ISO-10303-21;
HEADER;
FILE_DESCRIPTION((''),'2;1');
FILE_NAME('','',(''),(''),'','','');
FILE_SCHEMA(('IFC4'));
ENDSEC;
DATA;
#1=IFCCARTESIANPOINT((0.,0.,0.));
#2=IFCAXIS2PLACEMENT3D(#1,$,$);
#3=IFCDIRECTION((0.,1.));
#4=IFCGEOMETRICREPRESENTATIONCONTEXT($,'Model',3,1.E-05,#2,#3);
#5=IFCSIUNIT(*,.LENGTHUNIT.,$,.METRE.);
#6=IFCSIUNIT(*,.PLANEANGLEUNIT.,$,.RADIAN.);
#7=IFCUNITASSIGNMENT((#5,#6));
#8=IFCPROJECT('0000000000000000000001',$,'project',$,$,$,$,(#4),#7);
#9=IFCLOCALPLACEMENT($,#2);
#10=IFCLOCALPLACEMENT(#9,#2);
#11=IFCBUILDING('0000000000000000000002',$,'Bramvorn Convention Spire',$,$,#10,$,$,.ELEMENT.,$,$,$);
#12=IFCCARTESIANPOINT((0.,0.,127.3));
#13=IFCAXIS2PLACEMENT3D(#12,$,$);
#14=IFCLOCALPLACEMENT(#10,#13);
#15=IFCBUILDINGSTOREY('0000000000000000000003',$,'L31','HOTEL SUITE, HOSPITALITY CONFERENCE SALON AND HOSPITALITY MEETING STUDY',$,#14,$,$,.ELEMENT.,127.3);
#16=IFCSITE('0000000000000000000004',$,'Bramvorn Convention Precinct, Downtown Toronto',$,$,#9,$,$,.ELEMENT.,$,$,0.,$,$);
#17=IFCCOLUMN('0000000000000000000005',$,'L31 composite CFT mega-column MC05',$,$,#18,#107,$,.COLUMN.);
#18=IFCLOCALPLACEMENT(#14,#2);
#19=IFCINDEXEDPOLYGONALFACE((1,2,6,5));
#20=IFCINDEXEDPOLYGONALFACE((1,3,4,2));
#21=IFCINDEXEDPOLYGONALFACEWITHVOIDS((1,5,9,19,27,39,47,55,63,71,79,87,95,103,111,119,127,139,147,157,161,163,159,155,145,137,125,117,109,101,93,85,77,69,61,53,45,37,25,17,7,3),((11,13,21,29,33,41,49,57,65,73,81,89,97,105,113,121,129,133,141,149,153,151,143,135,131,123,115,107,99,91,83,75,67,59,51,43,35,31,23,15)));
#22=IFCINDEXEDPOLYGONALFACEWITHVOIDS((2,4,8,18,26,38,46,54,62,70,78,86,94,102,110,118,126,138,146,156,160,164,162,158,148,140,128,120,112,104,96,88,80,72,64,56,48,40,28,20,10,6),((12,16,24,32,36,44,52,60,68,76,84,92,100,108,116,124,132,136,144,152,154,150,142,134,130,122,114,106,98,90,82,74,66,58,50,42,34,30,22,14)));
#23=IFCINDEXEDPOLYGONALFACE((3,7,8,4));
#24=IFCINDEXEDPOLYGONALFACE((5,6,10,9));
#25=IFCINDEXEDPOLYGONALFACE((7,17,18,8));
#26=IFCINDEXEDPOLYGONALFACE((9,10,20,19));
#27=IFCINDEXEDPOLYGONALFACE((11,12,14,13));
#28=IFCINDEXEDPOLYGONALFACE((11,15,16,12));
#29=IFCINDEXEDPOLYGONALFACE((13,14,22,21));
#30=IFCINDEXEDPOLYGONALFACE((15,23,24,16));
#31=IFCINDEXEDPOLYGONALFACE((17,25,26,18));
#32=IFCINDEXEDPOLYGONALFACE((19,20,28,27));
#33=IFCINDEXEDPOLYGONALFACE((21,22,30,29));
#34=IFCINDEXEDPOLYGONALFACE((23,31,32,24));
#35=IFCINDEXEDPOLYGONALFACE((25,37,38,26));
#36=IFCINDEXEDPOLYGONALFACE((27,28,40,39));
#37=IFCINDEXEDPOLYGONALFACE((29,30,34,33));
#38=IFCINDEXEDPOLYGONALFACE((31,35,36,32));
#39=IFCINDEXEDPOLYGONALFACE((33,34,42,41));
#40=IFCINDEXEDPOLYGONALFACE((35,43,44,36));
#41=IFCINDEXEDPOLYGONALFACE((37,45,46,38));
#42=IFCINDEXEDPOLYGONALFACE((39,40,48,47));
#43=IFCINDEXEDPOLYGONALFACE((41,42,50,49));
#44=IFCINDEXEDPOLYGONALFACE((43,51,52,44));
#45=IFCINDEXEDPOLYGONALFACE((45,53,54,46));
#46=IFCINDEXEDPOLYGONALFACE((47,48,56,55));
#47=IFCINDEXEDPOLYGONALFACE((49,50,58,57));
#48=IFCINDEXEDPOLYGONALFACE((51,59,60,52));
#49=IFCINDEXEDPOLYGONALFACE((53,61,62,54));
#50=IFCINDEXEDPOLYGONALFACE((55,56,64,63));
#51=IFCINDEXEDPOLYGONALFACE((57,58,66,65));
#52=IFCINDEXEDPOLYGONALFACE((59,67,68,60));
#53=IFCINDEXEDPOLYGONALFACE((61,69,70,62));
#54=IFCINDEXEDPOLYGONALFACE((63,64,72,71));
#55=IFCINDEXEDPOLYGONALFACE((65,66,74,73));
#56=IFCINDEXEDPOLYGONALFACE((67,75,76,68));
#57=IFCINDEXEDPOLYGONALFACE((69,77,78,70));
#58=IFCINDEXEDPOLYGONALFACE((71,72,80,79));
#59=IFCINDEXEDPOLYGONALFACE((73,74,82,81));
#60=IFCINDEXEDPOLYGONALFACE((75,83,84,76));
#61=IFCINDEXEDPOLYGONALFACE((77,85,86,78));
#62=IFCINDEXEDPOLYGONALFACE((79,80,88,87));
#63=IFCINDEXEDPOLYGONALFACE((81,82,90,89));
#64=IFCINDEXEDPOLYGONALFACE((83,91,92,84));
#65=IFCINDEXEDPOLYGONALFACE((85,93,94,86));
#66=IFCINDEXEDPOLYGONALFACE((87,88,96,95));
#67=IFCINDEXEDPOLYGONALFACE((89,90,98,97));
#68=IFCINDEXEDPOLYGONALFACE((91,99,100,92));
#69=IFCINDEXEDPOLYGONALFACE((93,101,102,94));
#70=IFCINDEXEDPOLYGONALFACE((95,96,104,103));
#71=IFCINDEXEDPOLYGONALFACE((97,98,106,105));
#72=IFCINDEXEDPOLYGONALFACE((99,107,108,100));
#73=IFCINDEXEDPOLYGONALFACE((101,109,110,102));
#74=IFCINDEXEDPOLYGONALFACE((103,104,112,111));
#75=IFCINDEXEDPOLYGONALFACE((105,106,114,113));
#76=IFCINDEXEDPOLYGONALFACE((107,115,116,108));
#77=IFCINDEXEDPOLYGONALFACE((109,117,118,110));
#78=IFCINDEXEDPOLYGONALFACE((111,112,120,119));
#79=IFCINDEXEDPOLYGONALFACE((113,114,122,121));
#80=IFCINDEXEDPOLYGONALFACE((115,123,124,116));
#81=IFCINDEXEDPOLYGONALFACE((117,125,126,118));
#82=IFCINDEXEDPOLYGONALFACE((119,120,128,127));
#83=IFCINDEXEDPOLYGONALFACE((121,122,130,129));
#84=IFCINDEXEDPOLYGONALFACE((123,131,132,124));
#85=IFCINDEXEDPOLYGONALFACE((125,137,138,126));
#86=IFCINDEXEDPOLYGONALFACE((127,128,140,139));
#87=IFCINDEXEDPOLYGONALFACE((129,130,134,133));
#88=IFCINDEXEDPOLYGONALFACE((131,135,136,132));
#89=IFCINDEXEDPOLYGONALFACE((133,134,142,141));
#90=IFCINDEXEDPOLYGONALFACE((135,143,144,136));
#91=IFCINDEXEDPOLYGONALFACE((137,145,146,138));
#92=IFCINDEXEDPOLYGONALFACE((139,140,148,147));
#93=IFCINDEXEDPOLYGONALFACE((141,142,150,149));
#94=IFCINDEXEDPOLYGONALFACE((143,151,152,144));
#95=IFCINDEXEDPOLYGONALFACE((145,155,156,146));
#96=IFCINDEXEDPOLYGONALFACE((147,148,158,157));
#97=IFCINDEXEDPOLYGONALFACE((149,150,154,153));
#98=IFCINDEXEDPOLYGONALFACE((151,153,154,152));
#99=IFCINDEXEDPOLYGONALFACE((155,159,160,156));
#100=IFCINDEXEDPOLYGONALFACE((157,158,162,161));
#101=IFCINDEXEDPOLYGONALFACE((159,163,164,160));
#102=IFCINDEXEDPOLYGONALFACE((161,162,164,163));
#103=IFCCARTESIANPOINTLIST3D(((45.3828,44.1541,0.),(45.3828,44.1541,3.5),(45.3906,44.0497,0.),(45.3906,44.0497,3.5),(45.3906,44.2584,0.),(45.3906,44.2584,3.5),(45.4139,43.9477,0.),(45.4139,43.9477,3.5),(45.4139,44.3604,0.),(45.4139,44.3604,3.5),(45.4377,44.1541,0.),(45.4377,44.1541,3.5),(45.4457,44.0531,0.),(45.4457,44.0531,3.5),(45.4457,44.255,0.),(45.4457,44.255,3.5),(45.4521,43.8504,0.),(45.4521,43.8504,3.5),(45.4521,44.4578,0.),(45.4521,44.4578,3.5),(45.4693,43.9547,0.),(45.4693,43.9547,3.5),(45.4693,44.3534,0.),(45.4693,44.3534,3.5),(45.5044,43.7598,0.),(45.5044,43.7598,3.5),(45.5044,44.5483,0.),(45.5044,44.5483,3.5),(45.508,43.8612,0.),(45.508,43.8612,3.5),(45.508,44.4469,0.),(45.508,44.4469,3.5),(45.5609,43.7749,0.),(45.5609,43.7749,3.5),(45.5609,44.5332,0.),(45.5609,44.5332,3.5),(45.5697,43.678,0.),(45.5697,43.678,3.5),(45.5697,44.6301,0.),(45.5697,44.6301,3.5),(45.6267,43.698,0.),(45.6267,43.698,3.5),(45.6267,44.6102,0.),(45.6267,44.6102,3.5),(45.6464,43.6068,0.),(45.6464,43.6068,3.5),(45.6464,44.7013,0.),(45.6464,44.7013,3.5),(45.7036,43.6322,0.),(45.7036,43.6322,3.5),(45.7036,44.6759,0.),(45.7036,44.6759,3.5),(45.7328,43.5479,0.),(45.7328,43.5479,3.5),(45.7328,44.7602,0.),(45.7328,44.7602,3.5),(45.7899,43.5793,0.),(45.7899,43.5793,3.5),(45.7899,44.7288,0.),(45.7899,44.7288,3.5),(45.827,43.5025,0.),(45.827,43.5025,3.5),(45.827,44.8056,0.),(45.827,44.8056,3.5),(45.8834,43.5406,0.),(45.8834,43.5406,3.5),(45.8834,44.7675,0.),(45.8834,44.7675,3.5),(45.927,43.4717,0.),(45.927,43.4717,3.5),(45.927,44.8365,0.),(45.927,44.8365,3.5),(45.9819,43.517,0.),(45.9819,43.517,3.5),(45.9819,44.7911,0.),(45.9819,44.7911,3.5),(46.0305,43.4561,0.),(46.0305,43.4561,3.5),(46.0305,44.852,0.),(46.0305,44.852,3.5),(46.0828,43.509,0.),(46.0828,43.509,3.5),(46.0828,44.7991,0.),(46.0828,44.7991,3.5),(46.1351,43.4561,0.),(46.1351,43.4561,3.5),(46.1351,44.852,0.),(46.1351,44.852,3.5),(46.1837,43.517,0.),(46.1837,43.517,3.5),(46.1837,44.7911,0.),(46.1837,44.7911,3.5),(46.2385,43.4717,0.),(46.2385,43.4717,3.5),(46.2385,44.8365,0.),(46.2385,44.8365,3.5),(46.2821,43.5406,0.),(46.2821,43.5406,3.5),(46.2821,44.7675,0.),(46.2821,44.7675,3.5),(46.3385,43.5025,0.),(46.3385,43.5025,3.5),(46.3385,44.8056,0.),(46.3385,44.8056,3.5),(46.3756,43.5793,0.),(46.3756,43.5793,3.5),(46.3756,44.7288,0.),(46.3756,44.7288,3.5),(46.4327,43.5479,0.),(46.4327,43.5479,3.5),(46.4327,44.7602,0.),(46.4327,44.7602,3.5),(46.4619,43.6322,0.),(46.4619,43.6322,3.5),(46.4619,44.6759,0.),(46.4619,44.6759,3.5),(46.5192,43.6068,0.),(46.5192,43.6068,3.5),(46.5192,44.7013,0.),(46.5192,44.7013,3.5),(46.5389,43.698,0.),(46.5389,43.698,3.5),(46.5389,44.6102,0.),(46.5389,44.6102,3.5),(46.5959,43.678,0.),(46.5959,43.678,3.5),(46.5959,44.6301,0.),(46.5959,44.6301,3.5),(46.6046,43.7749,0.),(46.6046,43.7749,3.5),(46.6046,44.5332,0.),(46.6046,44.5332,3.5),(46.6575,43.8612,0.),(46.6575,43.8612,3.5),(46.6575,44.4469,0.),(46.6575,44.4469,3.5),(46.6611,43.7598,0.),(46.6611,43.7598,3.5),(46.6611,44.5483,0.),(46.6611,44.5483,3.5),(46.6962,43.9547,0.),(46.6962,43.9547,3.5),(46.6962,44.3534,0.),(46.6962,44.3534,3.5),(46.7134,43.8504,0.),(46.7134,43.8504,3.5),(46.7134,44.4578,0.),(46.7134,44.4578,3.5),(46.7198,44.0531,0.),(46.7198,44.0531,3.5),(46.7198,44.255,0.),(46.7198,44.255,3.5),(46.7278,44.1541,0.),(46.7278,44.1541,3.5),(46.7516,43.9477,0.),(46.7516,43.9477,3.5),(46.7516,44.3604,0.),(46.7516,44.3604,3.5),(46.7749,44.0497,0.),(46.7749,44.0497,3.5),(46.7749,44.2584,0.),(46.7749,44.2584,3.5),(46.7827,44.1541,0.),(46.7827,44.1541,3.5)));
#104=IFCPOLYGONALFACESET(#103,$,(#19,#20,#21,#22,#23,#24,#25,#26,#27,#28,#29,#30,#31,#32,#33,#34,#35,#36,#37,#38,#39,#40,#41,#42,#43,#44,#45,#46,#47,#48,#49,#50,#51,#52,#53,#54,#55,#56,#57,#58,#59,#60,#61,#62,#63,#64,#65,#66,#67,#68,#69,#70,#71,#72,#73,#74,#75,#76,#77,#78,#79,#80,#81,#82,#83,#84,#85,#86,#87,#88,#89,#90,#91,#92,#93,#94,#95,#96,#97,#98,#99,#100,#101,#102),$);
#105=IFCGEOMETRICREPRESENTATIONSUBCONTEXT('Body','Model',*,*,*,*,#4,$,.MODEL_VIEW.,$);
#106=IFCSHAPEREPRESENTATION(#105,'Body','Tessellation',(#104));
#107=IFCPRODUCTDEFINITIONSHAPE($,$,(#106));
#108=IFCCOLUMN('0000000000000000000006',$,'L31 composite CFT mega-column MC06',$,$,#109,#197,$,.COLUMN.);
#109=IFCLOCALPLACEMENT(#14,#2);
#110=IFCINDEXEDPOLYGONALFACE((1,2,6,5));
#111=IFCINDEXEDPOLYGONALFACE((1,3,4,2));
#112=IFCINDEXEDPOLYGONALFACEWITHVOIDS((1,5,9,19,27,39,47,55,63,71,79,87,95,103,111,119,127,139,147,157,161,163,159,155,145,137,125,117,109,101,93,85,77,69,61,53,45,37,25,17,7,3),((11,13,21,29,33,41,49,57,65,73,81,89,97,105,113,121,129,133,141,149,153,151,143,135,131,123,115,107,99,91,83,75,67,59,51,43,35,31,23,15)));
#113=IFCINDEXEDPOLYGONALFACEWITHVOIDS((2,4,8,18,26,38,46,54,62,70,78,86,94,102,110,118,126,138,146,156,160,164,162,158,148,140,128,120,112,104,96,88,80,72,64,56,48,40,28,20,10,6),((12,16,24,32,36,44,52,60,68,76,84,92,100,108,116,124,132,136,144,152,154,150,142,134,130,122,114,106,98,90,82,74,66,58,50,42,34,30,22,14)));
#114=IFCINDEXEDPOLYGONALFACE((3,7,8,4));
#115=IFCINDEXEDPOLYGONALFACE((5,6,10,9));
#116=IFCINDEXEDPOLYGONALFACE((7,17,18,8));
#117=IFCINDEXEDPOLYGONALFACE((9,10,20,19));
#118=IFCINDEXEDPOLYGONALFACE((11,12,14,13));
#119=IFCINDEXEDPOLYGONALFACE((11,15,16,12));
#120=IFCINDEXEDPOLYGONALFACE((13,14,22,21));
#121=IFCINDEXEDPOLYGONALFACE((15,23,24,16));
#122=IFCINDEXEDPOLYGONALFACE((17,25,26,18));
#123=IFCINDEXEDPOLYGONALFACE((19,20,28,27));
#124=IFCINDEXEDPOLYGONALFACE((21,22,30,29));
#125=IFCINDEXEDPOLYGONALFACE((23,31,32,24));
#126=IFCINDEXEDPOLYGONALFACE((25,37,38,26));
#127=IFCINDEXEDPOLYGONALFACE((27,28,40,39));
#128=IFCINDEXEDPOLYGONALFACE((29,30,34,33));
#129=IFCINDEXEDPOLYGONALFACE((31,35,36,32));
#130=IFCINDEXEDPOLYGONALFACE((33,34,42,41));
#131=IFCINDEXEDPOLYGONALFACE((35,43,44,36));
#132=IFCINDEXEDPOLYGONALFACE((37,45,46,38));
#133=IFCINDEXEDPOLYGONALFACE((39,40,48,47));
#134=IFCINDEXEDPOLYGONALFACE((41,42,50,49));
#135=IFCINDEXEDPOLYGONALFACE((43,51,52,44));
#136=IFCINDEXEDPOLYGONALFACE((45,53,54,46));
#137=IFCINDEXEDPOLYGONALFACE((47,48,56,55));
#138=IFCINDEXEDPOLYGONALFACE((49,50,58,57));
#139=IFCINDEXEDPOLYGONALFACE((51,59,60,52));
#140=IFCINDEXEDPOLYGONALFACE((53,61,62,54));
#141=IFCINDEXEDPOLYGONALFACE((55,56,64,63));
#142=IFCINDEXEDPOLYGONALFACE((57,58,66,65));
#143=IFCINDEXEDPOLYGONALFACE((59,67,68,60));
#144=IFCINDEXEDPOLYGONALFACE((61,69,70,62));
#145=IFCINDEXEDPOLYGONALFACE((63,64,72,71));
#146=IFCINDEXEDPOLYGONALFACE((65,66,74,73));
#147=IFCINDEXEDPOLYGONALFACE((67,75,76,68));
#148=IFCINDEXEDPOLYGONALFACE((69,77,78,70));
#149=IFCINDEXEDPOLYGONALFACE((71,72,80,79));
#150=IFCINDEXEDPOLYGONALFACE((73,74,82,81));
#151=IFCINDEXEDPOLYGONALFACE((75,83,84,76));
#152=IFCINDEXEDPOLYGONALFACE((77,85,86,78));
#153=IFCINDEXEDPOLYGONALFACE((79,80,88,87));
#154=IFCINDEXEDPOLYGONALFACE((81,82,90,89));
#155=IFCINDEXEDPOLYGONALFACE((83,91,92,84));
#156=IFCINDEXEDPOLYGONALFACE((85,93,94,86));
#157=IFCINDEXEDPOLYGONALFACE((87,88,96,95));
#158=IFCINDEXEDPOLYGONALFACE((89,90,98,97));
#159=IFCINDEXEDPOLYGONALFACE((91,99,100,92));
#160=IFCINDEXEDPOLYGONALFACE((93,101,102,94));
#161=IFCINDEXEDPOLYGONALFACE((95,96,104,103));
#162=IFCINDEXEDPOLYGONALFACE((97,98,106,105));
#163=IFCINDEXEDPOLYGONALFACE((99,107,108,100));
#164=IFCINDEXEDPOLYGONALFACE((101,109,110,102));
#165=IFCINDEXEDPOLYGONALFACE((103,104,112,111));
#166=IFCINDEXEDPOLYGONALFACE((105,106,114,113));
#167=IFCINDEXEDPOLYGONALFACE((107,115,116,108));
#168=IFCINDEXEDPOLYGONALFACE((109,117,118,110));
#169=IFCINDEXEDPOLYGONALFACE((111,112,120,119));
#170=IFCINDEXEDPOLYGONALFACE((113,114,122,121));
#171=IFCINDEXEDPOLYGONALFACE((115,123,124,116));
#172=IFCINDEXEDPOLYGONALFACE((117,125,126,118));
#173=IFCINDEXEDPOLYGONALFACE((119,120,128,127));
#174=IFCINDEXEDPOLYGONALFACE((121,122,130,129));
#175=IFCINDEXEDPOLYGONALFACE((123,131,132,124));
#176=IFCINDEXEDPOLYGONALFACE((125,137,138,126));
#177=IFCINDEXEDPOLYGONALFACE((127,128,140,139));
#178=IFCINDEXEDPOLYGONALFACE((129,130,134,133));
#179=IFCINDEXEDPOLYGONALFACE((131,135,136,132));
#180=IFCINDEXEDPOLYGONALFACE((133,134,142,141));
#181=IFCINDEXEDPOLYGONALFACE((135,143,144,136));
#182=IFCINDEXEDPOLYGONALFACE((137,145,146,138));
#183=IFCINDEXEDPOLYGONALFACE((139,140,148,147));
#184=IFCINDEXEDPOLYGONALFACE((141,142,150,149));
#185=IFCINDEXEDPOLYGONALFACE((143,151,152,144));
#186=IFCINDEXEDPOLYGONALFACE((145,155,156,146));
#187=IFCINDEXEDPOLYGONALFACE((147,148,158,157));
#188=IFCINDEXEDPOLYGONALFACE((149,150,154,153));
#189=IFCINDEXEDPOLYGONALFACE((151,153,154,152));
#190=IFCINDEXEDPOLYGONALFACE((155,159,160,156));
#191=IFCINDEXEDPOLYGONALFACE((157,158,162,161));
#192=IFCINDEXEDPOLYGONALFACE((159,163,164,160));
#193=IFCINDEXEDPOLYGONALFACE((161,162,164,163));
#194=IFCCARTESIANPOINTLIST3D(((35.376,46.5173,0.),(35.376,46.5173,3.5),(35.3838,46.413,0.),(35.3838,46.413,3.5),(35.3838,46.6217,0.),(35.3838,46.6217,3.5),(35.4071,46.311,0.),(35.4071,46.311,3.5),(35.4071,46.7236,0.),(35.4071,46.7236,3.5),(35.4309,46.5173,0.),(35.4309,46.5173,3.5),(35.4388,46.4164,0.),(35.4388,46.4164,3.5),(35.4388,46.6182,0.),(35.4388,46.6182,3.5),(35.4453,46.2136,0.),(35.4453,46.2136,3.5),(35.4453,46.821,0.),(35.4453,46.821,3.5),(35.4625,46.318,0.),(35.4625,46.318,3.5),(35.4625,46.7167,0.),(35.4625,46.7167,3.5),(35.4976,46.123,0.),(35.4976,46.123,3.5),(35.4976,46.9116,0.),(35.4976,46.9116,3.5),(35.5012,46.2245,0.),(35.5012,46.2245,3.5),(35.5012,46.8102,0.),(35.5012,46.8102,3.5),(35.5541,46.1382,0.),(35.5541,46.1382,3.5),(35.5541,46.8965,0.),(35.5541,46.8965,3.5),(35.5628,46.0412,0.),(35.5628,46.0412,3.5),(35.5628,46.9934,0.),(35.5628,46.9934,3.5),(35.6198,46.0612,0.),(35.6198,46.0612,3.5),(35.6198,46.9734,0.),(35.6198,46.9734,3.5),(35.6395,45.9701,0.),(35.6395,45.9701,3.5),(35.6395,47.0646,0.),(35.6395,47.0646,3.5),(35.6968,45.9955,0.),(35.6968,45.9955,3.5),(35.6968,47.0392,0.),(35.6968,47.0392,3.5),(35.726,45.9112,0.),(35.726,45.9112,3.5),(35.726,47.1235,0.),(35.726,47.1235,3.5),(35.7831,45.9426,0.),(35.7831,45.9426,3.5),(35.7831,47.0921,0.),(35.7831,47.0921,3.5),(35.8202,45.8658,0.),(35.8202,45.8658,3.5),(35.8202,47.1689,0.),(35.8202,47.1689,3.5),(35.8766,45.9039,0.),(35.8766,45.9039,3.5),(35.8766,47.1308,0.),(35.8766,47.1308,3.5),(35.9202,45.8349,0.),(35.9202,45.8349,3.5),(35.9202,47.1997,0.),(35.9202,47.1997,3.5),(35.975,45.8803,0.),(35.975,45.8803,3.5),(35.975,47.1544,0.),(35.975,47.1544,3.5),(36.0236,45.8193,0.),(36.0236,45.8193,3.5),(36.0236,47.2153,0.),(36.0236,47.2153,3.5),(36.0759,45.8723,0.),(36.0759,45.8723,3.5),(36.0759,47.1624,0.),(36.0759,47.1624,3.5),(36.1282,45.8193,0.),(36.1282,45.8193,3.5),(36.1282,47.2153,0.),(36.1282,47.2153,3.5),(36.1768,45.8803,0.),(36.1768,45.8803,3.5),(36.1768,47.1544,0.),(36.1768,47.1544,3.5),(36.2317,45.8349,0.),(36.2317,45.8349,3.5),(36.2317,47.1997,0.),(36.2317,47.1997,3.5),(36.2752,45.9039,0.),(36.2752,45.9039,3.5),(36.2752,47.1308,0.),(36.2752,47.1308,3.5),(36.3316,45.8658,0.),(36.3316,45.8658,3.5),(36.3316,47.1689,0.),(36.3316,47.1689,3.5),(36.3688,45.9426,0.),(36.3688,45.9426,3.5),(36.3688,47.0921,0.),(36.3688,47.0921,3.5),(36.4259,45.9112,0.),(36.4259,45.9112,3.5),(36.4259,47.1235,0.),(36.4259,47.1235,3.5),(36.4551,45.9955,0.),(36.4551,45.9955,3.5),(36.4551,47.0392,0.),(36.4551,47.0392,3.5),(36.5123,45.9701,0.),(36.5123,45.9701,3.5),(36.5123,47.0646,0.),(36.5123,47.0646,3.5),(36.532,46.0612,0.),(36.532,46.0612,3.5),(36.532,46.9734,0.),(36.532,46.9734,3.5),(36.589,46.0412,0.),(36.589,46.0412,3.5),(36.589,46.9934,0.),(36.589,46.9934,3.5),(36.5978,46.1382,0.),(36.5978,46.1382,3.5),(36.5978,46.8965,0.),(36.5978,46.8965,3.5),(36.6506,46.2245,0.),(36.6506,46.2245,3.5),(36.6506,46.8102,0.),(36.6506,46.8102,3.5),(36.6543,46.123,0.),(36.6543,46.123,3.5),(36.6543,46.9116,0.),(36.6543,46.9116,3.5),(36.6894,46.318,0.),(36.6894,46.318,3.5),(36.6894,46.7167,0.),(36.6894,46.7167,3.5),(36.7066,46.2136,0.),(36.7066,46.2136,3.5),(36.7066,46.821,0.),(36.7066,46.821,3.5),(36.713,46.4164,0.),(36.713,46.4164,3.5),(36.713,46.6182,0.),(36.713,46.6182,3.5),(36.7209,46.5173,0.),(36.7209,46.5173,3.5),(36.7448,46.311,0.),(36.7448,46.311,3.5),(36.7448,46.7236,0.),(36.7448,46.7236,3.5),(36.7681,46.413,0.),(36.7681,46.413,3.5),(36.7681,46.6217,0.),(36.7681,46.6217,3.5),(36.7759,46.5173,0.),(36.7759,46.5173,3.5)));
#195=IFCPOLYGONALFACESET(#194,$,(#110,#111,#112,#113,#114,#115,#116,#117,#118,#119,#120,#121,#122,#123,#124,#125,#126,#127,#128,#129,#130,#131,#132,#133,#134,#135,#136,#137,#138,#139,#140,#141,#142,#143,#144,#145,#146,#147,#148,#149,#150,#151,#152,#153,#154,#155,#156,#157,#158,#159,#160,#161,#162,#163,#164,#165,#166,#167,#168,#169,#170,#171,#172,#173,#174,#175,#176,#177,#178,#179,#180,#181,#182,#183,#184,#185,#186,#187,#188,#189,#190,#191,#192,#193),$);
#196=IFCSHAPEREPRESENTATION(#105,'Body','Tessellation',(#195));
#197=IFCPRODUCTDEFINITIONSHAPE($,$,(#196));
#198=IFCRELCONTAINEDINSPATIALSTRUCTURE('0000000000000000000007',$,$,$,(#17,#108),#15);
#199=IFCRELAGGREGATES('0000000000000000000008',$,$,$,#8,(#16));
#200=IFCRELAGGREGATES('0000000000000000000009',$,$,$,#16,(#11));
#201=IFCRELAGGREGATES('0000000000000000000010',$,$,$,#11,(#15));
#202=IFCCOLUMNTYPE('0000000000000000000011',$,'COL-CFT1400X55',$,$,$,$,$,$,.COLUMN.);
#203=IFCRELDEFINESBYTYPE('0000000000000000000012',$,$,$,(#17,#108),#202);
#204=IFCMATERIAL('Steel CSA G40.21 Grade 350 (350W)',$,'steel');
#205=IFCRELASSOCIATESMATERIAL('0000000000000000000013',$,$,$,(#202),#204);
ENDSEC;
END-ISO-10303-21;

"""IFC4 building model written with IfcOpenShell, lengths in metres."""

from ifc_helpers import new_model, si_unit, direction, frame, origin, origin_2d, place, context, subcontext, project, spatial, hollow_circle, extrude, material, material_profile, profile_set, type_object, element, save


model = new_model("IFC4")

# Units and contexts
model_context = context("Model", 3, precision=1e-05, world=origin(), true_north=direction((0.0, 1.0)))
body_context = subcontext(model_context, "Body", "Model", "MODEL_VIEW")
ifc_project = project(units=[si_unit("LENGTHUNIT", "METRE"), si_unit("PLANEANGLEUNIT", "RADIAN")], contexts=[model_context])

# Site, building, storey
site_placement = place(None, origin())
site = spatial("IfcSite", under=ifc_project, at=site_placement, Name="Bramvorn Convention Precinct, Downtown Toronto", CompositionType="ELEMENT", RefElevation=0.0)
building_placement = place(site_placement, origin())
building = spatial("IfcBuilding", under=site, at=building_placement, Name="Bramvorn Convention Spire", CompositionType="ELEMENT")
storey_placement = place(building_placement, frame((0.0, 0.0, 127.3)))
storey = spatial("IfcBuildingStorey", under=building, at=storey_placement, Name="L31", Description="HOTEL SUITE, HOSPITALITY CONFERENCE SALON AND HOSPITALITY MEETING STUDY", CompositionType="ELEMENT", Elevation=127.3)

# Columns
ifc_material_1 = material(Name="Steel CSA G40.21 Grade 350 (350W)", Category="steel")
ifc_material_profile_1 = material_profile(ifc_material_1, hollow_circle(Radius=0.7, WallThickness=0.0549, at=origin_2d()))
ifc_profile_set_1 = profile_set([ifc_material_profile_1], Name="Steel CSA G40.21 Grade 350 (350W) - CFT1400X55")
column_type = type_object("IfcColumnType", Name="COL-CFT1400X55", PredefinedType="COLUMN", material=ifc_profile_set_1)
for number, where, z_axis, x_axis, name in (
    (1, (46.0828, 44.1541, 0.0), (0.0, 0.0, 1.0), (1.0, 0.0, 0.0), "L31 composite CFT mega-column MC05"),
    (2, (36.0759, 46.5173, 0.0), (0.0, 0.0, 1.0), (1.0, 0.0, 0.0), "L31 composite CFT mega-column MC06"),
):
    element("IfcColumn", number, at=place(storey_placement, frame(where, z_axis=z_axis, x_axis=x_axis)), inside=storey, type_object=column_type, Name=name, PredefinedType="COLUMN", context=body_context, shape_type="SweptSolid", body=[
        extrude(hollow_circle(Radius=0.7, WallThickness=0.0549, at=origin_2d()), origin(), (0.0, 0.0, 1.0), 3.5),
    ])

save(model, "model.ifc")
